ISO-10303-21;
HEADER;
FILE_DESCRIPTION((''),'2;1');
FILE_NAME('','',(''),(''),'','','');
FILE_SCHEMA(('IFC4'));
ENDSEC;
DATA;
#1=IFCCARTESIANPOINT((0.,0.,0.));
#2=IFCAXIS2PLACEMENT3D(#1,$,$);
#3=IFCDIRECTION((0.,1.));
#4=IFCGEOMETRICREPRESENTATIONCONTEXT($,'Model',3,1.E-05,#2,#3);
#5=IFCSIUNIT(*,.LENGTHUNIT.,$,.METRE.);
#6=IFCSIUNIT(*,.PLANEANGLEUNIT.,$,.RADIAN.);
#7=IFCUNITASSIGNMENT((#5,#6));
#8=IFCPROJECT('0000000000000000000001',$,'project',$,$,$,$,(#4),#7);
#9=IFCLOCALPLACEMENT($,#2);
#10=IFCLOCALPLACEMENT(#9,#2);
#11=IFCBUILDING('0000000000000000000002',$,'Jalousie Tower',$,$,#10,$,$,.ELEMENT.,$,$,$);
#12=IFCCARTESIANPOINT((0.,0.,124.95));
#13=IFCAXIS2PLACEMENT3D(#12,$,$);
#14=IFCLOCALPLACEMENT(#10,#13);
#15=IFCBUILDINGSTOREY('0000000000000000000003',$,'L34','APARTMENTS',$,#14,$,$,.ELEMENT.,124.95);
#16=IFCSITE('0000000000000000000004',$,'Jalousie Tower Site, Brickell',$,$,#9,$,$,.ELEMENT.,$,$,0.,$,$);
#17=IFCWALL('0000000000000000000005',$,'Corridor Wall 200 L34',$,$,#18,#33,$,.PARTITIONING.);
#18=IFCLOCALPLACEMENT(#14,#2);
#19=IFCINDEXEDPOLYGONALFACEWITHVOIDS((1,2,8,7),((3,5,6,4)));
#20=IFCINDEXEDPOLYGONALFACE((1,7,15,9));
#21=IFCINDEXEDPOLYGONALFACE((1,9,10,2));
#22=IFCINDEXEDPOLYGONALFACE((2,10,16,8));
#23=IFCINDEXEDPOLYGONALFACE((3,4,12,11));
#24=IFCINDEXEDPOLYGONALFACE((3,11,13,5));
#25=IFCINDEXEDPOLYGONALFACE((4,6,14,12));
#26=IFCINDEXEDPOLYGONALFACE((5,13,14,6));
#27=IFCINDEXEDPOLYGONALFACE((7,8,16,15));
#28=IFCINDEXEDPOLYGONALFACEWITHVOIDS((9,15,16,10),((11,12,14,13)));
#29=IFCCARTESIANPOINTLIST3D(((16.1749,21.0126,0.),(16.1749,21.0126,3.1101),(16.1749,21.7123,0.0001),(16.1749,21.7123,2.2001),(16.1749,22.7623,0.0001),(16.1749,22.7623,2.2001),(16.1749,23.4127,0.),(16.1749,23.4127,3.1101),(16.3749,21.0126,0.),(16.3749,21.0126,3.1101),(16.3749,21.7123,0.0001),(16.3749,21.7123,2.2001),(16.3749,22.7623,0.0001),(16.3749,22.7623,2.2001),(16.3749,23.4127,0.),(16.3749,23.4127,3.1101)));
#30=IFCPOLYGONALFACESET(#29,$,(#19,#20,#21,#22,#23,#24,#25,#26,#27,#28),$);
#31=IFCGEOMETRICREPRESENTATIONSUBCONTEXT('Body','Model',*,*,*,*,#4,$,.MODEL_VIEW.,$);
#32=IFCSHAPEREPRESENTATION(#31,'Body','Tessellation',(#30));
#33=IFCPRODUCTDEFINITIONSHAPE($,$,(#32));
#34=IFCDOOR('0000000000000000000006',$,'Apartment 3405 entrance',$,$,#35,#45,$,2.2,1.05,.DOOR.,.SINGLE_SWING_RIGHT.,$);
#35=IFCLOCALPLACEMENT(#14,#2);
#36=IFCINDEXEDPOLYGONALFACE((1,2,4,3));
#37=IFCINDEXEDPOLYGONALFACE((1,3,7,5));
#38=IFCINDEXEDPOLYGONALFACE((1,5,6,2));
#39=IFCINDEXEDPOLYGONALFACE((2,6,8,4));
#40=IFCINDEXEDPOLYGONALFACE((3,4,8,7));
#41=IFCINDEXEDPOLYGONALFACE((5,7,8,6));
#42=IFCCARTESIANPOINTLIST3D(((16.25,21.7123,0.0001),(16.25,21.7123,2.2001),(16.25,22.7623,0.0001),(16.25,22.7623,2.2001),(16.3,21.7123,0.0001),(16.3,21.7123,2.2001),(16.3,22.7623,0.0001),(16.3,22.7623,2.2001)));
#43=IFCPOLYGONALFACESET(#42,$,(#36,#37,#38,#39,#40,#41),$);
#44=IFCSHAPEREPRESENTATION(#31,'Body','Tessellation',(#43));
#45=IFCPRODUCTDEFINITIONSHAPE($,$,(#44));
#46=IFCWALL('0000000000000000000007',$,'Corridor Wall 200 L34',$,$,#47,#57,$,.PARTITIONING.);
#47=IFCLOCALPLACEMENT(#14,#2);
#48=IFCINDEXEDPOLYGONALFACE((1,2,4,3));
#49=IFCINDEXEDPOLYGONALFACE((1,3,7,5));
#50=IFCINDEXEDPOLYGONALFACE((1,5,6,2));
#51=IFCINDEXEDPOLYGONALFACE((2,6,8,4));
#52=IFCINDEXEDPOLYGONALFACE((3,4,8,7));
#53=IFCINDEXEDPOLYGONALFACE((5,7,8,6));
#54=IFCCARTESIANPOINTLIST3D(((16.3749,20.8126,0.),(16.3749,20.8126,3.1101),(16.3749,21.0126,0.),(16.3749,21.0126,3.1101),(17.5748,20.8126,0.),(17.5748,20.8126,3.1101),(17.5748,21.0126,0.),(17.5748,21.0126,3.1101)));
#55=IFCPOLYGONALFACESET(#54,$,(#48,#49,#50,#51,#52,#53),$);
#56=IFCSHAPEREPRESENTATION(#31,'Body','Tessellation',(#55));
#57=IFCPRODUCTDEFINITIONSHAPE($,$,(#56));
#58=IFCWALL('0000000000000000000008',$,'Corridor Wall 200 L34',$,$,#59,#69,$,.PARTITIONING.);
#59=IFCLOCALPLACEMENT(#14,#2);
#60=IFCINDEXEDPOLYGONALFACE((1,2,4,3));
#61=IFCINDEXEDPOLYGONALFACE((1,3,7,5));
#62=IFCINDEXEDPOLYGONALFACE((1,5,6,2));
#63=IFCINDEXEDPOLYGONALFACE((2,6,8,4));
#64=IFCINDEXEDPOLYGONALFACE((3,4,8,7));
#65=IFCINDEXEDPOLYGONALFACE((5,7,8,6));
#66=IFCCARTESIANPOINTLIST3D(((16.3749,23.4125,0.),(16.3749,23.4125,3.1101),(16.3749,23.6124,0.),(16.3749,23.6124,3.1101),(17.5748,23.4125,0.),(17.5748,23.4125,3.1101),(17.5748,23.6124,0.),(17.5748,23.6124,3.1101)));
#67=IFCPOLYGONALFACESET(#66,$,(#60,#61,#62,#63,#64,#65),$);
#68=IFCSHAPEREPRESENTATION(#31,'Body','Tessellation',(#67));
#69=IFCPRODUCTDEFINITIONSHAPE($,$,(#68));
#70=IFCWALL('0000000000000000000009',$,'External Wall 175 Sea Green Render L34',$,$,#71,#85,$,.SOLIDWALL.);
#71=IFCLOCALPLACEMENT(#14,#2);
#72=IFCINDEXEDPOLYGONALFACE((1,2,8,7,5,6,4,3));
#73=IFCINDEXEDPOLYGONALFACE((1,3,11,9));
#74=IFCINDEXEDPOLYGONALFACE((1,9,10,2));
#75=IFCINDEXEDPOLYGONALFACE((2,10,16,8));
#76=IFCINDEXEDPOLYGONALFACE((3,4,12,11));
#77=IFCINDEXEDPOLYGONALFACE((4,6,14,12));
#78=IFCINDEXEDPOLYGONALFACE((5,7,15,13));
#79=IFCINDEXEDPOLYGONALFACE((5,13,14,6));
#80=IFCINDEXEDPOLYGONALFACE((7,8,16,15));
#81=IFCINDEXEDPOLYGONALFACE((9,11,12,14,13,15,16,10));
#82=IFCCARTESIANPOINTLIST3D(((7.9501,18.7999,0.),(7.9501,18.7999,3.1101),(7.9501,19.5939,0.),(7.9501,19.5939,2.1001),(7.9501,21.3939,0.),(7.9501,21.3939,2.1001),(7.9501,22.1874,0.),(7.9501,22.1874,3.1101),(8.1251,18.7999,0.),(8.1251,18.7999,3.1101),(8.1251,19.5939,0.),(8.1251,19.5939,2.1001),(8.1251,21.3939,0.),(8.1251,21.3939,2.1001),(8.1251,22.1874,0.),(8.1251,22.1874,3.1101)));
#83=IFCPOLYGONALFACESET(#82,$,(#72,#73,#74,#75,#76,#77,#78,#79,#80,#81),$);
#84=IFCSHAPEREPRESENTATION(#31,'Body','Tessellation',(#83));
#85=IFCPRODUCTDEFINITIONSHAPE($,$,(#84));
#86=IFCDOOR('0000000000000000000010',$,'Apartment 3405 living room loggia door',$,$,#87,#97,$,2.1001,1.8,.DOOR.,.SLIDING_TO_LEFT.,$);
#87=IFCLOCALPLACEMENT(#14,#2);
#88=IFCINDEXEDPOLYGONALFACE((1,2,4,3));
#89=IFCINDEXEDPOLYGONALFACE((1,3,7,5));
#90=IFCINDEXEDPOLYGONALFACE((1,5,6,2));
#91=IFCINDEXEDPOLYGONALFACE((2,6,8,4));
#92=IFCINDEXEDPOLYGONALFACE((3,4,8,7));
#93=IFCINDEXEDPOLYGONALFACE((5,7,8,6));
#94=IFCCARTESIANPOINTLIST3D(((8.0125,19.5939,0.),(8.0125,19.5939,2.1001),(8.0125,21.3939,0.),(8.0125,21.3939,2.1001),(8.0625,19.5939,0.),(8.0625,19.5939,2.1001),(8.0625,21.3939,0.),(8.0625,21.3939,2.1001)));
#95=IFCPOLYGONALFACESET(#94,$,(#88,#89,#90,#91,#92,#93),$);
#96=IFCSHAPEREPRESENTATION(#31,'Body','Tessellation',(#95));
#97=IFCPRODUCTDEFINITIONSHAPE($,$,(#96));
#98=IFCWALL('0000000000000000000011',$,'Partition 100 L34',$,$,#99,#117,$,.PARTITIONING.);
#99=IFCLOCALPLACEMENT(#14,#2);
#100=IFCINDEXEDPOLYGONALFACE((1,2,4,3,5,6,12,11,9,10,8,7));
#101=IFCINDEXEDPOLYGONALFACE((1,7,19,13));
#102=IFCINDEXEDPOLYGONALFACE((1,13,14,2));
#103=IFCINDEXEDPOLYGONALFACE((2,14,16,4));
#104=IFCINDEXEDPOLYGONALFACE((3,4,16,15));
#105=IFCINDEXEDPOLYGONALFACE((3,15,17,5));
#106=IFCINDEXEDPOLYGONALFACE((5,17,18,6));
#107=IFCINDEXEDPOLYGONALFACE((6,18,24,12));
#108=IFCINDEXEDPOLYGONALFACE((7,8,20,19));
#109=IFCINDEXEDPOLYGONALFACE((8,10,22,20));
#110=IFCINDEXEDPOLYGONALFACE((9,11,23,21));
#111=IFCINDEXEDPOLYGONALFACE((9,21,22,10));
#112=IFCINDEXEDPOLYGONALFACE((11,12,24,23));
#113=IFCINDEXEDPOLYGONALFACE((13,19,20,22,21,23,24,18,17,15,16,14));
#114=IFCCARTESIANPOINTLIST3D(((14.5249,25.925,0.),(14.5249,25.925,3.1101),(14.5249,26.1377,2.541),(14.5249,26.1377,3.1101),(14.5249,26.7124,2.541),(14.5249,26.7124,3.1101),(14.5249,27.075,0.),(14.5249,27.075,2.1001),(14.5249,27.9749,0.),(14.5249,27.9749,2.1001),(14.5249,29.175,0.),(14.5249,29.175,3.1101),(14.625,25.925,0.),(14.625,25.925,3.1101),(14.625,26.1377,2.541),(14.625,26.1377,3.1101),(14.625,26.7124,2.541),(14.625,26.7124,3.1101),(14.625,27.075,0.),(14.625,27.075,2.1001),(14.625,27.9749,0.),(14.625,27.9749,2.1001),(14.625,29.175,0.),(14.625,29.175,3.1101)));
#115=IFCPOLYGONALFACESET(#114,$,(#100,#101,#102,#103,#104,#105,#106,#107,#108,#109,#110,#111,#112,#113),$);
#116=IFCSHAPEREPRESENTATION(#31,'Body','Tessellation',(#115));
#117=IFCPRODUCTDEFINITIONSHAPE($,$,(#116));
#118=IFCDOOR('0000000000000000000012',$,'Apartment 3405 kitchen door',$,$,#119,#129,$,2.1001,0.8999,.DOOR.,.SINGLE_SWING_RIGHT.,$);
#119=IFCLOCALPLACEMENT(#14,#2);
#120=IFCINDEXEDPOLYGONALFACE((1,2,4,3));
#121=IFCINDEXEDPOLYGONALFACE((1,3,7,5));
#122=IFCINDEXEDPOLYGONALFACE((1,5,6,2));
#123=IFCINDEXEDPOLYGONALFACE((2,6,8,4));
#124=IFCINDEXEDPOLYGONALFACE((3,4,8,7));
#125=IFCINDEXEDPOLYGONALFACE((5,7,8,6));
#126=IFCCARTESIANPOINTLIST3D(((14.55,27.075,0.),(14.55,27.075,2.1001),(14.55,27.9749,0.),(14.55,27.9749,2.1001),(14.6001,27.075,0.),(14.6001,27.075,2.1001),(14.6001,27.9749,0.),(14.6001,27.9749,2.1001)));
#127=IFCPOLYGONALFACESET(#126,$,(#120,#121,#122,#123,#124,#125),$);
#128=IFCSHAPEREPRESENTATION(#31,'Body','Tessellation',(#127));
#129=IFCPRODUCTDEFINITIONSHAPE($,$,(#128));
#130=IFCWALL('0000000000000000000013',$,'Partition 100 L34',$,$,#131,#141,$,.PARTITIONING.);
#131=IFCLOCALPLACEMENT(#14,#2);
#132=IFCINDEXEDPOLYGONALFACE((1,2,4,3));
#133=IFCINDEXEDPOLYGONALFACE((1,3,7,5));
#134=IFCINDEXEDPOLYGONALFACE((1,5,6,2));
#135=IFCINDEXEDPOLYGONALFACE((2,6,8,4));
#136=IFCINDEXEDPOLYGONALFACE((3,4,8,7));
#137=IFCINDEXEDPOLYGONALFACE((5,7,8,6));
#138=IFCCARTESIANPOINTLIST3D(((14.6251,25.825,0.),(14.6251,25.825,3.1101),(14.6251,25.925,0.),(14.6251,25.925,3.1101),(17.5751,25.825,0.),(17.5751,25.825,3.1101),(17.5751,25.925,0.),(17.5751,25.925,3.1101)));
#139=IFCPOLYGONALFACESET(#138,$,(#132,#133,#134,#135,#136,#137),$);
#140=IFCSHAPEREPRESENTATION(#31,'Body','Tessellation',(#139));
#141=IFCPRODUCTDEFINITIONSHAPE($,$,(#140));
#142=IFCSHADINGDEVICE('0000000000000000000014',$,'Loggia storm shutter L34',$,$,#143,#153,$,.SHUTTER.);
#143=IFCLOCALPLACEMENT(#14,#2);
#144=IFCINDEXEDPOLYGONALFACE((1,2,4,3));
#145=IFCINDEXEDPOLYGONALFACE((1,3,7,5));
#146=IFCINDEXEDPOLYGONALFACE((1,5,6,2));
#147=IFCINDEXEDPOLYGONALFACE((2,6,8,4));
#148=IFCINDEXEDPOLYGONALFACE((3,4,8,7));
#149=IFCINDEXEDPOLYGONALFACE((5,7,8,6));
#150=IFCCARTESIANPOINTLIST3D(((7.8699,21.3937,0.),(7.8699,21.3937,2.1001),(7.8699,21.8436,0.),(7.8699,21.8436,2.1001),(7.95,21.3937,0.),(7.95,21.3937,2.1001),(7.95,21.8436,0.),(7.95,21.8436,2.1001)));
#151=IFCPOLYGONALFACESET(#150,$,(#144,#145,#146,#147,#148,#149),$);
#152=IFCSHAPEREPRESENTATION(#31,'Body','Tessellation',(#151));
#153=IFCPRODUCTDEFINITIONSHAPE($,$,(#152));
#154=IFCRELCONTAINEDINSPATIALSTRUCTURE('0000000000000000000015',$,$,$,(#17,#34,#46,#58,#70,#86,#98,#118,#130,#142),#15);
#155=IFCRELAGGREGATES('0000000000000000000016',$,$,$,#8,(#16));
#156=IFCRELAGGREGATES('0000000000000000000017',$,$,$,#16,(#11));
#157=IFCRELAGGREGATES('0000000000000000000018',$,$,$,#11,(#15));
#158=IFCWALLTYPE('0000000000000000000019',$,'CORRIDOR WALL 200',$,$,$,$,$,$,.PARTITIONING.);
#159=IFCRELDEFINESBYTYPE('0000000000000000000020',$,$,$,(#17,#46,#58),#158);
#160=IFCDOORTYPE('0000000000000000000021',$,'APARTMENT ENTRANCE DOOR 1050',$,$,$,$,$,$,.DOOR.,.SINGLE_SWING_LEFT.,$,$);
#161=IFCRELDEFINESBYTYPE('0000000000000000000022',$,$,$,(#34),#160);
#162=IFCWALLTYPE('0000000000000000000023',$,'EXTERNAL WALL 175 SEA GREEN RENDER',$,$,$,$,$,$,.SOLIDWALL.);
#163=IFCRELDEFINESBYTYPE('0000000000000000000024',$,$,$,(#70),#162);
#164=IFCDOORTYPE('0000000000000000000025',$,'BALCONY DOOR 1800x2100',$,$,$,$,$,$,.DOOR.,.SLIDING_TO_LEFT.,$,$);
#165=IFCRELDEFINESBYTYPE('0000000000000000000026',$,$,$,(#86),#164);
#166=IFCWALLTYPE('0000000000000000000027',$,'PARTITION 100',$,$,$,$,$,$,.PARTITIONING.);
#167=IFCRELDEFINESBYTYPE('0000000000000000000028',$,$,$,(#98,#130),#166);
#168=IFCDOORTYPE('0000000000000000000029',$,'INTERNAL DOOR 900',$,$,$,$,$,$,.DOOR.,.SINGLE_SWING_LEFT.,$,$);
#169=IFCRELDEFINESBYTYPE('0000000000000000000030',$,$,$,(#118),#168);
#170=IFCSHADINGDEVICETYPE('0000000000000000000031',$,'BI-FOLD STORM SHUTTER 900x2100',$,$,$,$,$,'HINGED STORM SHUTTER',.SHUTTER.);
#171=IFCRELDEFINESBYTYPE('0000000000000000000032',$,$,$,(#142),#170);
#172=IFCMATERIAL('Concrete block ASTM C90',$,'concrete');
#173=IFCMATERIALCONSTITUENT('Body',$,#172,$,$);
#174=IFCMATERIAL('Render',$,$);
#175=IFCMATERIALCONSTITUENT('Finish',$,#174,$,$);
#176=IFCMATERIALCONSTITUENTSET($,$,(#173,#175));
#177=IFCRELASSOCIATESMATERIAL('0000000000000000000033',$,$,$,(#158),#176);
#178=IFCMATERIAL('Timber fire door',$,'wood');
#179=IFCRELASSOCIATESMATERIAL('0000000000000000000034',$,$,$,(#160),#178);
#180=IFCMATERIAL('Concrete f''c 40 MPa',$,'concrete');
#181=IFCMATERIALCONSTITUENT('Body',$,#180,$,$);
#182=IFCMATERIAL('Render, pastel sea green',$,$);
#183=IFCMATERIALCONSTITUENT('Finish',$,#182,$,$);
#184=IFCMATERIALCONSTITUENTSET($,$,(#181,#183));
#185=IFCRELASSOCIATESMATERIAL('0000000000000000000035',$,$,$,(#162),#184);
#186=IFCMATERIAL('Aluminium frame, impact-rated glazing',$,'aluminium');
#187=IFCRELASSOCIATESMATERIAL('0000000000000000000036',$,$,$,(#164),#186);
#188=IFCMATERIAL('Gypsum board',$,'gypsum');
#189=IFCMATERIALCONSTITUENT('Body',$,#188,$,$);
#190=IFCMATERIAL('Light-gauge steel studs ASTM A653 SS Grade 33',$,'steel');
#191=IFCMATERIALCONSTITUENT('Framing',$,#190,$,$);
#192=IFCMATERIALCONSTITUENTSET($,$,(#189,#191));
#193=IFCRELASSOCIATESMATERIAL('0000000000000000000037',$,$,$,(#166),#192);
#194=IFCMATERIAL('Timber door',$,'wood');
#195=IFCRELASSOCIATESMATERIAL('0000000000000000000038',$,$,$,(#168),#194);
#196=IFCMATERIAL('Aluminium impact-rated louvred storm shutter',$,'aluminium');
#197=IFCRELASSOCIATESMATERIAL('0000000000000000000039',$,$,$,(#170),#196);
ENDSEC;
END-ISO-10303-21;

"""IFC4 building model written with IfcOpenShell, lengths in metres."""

from ifc_helpers import new_model, si_unit, direction, frame, frame_2d, origin, origin_2d, place, context, subcontext, project, spatial, polyline, rectangle, outline, extrude, material, constituent, constituent_set, type_object, element, fill, save


model = new_model("IFC4")

# Units and contexts
model_context = context("Model", 3, precision=1e-05, world=origin(), true_north=direction((0.0, 1.0)))
body_context = subcontext(model_context, "Body", "Model", "MODEL_VIEW")
ifc_project = project(units=[si_unit("LENGTHUNIT", "METRE"), si_unit("PLANEANGLEUNIT", "RADIAN")], contexts=[model_context])

# Site, building, storey
site_placement = place(None, origin())
site = spatial("IfcSite", under=ifc_project, at=site_placement, Name="Jalousie Tower Site, Brickell", CompositionType="ELEMENT", RefElevation=0.0)
building_placement = place(site_placement, origin())
building = spatial("IfcBuilding", under=site, at=building_placement, Name="Jalousie Tower", CompositionType="ELEMENT")
storey_placement = place(building_placement, frame((0.0, 0.0, 124.95)))
storey = spatial("IfcBuildingStorey", under=building, at=storey_placement, Name="L34", Description="APARTMENTS", CompositionType="ELEMENT", Elevation=124.95)

# Shared definitions
ifc_material_1 = material(Name="Concrete block ASTM C90", Category="concrete")
ifc_constituent_1 = constituent(ifc_material_1, Name="Body")
ifc_material_2 = material(Name="Render")
ifc_constituent_2 = constituent(ifc_material_2, Name="Finish")
ifc_constituent_set_1 = constituent_set(constituents=[ifc_constituent_1, ifc_constituent_2])
wall_type_1 = type_object("IfcWallType", Name="CORRIDOR WALL 200", PredefinedType="PARTITIONING", material=ifc_constituent_set_1)
ifc_material_3 = material(Name="Timber fire door", Category="wood")
door_type_1 = type_object("IfcDoorType", Name="APARTMENT ENTRANCE DOOR 1050", OperationType="SINGLE_SWING_LEFT", PredefinedType="DOOR", material=ifc_material_3)

# Wall, opening, door
wall_1_placement = place(storey_placement, frame((16.2749, 21.0125, 0.0), z_axis=(0.0, 0.0, 1.0), x_axis=(0.0, 1.0, 0.0)))
wall_1 = element("IfcWall", 1, at=wall_1_placement, inside=storey, type_object=wall_type_1, Name="Corridor Wall 200 L34", PredefinedType="PARTITIONING", context=body_context, shape_type="SweptSolid", body=[
    extrude(rectangle(XDim=2.4001, YDim=0.2, at=frame_2d((1.2002, 0.0))), origin(), (0.0, 0.0, 1.0), 3.1101),
])
opening_1_placement = place(wall_1_placement, frame((0.7, 0.0, 0.0)))
opening_1 = element("IfcOpeningElement", 2, at=opening_1_placement, cuts=wall_1, PredefinedType="OPENING", context=body_context, shape_type="SweptSolid", body=[
    extrude(rectangle(XDim=1.05, YDim=2.2, at=frame_2d((0.5249, 1.1001))), frame((0.0, 0.1099, 0.0), z_axis=(0.0, -1.0, 0.0), x_axis=(1.0, 0.0, 0.0)), (0.0, 0.0, 1.0), 0.22),
])
door_1_placement = place(opening_1_placement, origin())
door_1 = element("IfcDoor", 3, at=door_1_placement, inside=storey, type_object=door_type_1, Name="Apartment 3405 entrance", OperationType="SINGLE_SWING_RIGHT", OverallHeight=2.2, OverallWidth=1.05, PredefinedType="DOOR", context=body_context, shape_type="SweptSolid", body=[
    extrude(rectangle(XDim=1.05, YDim=2.2, at=frame_2d((0.5249, 1.1001))), frame((0.0, 0.0249, 0.0), z_axis=(0.0, -1.0, 0.0), x_axis=(1.0, 0.0, 0.0)), (0.0, 0.0, 1.0), 0.05),
])
fill(opening_1, door_1)

# Walls
for number, where, z_axis, x_axis, name in (
    (4, (17.575, 20.9126, 0.0), (0.0, 0.0, 1.0), (-1.0, 0.0, 0.0), "Corridor Wall 200 L34"),
    (5, (17.575, 23.5125, 0.0), (0.0, 0.0, 1.0), (-1.0, 0.0, 0.0), "Corridor Wall 200 L34"),
):
    element("IfcWall", number, at=place(storey_placement, frame(where, z_axis=z_axis, x_axis=x_axis)), inside=storey, type_object=wall_type_1, Name=name, PredefinedType="PARTITIONING", context=body_context, shape_type="SweptSolid", body=[
        extrude(rectangle(XDim=1.2, YDim=0.2, at=frame_2d((0.6001, 0.0))), origin(), (0.0, 0.0, 1.0), 3.1101),
    ])

# Walls, openings, doors
ifc_material_4 = material(Name="Concrete f'c 40 MPa", Category="concrete")
ifc_constituent_3 = constituent(ifc_material_4, Name="Body")
ifc_material_5 = material(Name="Render, pastel sea green")
ifc_constituent_4 = constituent(ifc_material_5, Name="Finish")
ifc_constituent_set_2 = constituent_set(constituents=[ifc_constituent_3, ifc_constituent_4])
wall_type_2 = type_object("IfcWallType", Name="EXTERNAL WALL 175 SEA GREEN RENDER", PredefinedType="SOLIDWALL", material=ifc_constituent_set_2)
wall_2_placement = place(storey_placement, frame((8.0376, 22.1875, 0.0), z_axis=(0.0, 0.0, 1.0), x_axis=(0.0, -1.0, 0.0)))
wall_2 = element("IfcWall", 6, at=wall_2_placement, inside=storey, type_object=wall_type_2, Name="External Wall 175 Sea Green Render L34", PredefinedType="SOLIDWALL", context=body_context, shape_type="SweptSolid", body=[
    extrude(rectangle(XDim=3.3875, YDim=0.175, at=frame_2d((1.6938, 0.0))), origin(), (0.0, 0.0, 1.0), 3.1101),
])
opening_2_placement = place(wall_2_placement, frame((0.7937, 0.0, 0.0)))
opening_2 = element("IfcOpeningElement", 7, at=opening_2_placement, cuts=wall_2, PredefinedType="OPENING", context=body_context, shape_type="SweptSolid", body=[
    extrude(rectangle(XDim=1.8, YDim=2.1001, at=frame_2d((0.8999, 1.05))), frame((0.0, 0.0974, 0.0), z_axis=(0.0, -1.0, 0.0), x_axis=(1.0, 0.0, 0.0)), (0.0, 0.0, 1.0), 0.1951),
])
ifc_material_6 = material(Name="Aluminium frame, impact-rated glazing", Category="aluminium")
door_type_2 = type_object("IfcDoorType", Name="BALCONY DOOR 1800x2100", OperationType="SLIDING_TO_LEFT", PredefinedType="DOOR", material=ifc_material_6)
door_2_placement = place(opening_2_placement, origin())
door_2 = element("IfcDoor", 8, at=door_2_placement, inside=storey, type_object=door_type_2, Name="Apartment 3405 living room loggia door", OperationType="SLIDING_TO_LEFT", OverallHeight=2.1001, OverallWidth=1.8, PredefinedType="DOOR", context=body_context, shape_type="SweptSolid", body=[
    extrude(rectangle(XDim=1.8, YDim=2.1001, at=frame_2d((0.8999, 1.05))), frame((0.0, 0.0249, 0.0), z_axis=(0.0, -1.0, 0.0), x_axis=(1.0, 0.0, 0.0)), (0.0, 0.0, 1.0), 0.05),
])
fill(opening_2, door_2)
ifc_material_7 = material(Name="Gypsum board", Category="gypsum")
ifc_constituent_5 = constituent(ifc_material_7, Name="Body")
ifc_material_8 = material(Name="Light-gauge steel studs ASTM A653 SS Grade 33", Category="steel")
ifc_constituent_6 = constituent(ifc_material_8, Name="Framing")
ifc_constituent_set_3 = constituent_set(constituents=[ifc_constituent_5, ifc_constituent_6])
wall_type_3 = type_object("IfcWallType", Name="PARTITION 100", PredefinedType="PARTITIONING", material=ifc_constituent_set_3)
wall_3_placement = place(storey_placement, frame((14.575, 25.925, 0.0), z_axis=(0.0, 0.0, 1.0), x_axis=(0.0, 1.0, 0.0)))
wall_3 = element("IfcWall", 9, at=wall_3_placement, inside=storey, type_object=wall_type_3, Name="Partition 100 L34", PredefinedType="PARTITIONING", context=body_context, shape_type="SweptSolid", body=[
    extrude(outline(polyline([(0.0, 0.0), (3.25, 0.0), (3.25, 3.1101), (0.7874, 3.1101), (0.7874, 2.541), (0.2126, 2.541), (0.2126, 3.1101), (0.0, 3.1101), (0.0, 0.0)])), frame((0.0, 0.05, 0.0), z_axis=(0.0, -1.0, 0.0), x_axis=(1.0, 0.0, 0.0)), (0.0, 0.0, 1.0), 0.1001),
])
opening_3_placement = place(wall_3_placement, frame((1.1499, 0.0, 0.0)))
opening_3 = element("IfcOpeningElement", 10, at=opening_3_placement, cuts=wall_3, PredefinedType="OPENING", context=body_context, shape_type="SweptSolid", body=[
    extrude(rectangle(XDim=0.8999, YDim=2.1001, at=frame_2d((0.45, 1.05))), frame((0.0, 0.0601, 0.0), z_axis=(0.0, -1.0, 0.0), x_axis=(1.0, 0.0, 0.0)), (0.0, 0.0, 1.0), 0.1201),
])
ifc_material_9 = material(Name="Timber door", Category="wood")
door_type_3 = type_object("IfcDoorType", Name="INTERNAL DOOR 900", OperationType="SINGLE_SWING_LEFT", PredefinedType="DOOR", material=ifc_material_9)
door_3_placement = place(opening_3_placement, origin())
door_3 = element("IfcDoor", 11, at=door_3_placement, inside=storey, type_object=door_type_3, Name="Apartment 3405 kitchen door", OperationType="SINGLE_SWING_RIGHT", OverallHeight=2.1001, OverallWidth=0.8999, PredefinedType="DOOR", context=body_context, shape_type="SweptSolid", body=[
    extrude(rectangle(XDim=0.8999, YDim=2.1001, at=frame_2d((0.45, 1.05))), frame((0.0, 0.0249, 0.0), z_axis=(0.0, -1.0, 0.0), x_axis=(1.0, 0.0, 0.0)), (0.0, 0.0, 1.0), 0.05),
])
fill(opening_3, door_3)

# Wall
wall_4_placement = place(storey_placement, frame((14.625, 25.875, 0.0), z_axis=(0.0, 0.0, 1.0), x_axis=(1.0, 0.0, 0.0)))
element("IfcWall", 12, at=wall_4_placement, inside=storey, type_object=wall_type_3, Name="Partition 100 L34", PredefinedType="PARTITIONING", context=body_context, shape_type="SweptSolid", body=[
    extrude(rectangle(XDim=2.95, YDim=0.1001, at=frame_2d((1.4751, 0.0))), origin(), (0.0, 0.0, 1.0), 3.1101),
])

# Shading device
ifc_material_10 = material(Name="Aluminium impact-rated louvred storm shutter", Category="aluminium")
shading_device_type = type_object("IfcShadingDeviceType", Name="BI-FOLD STORM SHUTTER 900x2100", ElementType="HINGED STORM SHUTTER", PredefinedType="SHUTTER", material=ifc_material_10)
shading_device_placement = place(storey_placement, frame((7.9099, 21.6187, 0.0), z_axis=(0.0, 0.0, 1.0), x_axis=(0.0, -1.0, 0.0)))
element("IfcShadingDevice", 13, at=shading_device_placement, inside=storey, type_object=shading_device_type, Name="Loggia storm shutter L34", PredefinedType="SHUTTER", context=body_context, shape_type="SweptSolid", body=[
    extrude(rectangle(XDim=0.45, YDim=0.0801, at=origin_2d()), origin(), (0.0, 0.0, 1.0), 2.1001),
])

save(model, "model.ifc")
